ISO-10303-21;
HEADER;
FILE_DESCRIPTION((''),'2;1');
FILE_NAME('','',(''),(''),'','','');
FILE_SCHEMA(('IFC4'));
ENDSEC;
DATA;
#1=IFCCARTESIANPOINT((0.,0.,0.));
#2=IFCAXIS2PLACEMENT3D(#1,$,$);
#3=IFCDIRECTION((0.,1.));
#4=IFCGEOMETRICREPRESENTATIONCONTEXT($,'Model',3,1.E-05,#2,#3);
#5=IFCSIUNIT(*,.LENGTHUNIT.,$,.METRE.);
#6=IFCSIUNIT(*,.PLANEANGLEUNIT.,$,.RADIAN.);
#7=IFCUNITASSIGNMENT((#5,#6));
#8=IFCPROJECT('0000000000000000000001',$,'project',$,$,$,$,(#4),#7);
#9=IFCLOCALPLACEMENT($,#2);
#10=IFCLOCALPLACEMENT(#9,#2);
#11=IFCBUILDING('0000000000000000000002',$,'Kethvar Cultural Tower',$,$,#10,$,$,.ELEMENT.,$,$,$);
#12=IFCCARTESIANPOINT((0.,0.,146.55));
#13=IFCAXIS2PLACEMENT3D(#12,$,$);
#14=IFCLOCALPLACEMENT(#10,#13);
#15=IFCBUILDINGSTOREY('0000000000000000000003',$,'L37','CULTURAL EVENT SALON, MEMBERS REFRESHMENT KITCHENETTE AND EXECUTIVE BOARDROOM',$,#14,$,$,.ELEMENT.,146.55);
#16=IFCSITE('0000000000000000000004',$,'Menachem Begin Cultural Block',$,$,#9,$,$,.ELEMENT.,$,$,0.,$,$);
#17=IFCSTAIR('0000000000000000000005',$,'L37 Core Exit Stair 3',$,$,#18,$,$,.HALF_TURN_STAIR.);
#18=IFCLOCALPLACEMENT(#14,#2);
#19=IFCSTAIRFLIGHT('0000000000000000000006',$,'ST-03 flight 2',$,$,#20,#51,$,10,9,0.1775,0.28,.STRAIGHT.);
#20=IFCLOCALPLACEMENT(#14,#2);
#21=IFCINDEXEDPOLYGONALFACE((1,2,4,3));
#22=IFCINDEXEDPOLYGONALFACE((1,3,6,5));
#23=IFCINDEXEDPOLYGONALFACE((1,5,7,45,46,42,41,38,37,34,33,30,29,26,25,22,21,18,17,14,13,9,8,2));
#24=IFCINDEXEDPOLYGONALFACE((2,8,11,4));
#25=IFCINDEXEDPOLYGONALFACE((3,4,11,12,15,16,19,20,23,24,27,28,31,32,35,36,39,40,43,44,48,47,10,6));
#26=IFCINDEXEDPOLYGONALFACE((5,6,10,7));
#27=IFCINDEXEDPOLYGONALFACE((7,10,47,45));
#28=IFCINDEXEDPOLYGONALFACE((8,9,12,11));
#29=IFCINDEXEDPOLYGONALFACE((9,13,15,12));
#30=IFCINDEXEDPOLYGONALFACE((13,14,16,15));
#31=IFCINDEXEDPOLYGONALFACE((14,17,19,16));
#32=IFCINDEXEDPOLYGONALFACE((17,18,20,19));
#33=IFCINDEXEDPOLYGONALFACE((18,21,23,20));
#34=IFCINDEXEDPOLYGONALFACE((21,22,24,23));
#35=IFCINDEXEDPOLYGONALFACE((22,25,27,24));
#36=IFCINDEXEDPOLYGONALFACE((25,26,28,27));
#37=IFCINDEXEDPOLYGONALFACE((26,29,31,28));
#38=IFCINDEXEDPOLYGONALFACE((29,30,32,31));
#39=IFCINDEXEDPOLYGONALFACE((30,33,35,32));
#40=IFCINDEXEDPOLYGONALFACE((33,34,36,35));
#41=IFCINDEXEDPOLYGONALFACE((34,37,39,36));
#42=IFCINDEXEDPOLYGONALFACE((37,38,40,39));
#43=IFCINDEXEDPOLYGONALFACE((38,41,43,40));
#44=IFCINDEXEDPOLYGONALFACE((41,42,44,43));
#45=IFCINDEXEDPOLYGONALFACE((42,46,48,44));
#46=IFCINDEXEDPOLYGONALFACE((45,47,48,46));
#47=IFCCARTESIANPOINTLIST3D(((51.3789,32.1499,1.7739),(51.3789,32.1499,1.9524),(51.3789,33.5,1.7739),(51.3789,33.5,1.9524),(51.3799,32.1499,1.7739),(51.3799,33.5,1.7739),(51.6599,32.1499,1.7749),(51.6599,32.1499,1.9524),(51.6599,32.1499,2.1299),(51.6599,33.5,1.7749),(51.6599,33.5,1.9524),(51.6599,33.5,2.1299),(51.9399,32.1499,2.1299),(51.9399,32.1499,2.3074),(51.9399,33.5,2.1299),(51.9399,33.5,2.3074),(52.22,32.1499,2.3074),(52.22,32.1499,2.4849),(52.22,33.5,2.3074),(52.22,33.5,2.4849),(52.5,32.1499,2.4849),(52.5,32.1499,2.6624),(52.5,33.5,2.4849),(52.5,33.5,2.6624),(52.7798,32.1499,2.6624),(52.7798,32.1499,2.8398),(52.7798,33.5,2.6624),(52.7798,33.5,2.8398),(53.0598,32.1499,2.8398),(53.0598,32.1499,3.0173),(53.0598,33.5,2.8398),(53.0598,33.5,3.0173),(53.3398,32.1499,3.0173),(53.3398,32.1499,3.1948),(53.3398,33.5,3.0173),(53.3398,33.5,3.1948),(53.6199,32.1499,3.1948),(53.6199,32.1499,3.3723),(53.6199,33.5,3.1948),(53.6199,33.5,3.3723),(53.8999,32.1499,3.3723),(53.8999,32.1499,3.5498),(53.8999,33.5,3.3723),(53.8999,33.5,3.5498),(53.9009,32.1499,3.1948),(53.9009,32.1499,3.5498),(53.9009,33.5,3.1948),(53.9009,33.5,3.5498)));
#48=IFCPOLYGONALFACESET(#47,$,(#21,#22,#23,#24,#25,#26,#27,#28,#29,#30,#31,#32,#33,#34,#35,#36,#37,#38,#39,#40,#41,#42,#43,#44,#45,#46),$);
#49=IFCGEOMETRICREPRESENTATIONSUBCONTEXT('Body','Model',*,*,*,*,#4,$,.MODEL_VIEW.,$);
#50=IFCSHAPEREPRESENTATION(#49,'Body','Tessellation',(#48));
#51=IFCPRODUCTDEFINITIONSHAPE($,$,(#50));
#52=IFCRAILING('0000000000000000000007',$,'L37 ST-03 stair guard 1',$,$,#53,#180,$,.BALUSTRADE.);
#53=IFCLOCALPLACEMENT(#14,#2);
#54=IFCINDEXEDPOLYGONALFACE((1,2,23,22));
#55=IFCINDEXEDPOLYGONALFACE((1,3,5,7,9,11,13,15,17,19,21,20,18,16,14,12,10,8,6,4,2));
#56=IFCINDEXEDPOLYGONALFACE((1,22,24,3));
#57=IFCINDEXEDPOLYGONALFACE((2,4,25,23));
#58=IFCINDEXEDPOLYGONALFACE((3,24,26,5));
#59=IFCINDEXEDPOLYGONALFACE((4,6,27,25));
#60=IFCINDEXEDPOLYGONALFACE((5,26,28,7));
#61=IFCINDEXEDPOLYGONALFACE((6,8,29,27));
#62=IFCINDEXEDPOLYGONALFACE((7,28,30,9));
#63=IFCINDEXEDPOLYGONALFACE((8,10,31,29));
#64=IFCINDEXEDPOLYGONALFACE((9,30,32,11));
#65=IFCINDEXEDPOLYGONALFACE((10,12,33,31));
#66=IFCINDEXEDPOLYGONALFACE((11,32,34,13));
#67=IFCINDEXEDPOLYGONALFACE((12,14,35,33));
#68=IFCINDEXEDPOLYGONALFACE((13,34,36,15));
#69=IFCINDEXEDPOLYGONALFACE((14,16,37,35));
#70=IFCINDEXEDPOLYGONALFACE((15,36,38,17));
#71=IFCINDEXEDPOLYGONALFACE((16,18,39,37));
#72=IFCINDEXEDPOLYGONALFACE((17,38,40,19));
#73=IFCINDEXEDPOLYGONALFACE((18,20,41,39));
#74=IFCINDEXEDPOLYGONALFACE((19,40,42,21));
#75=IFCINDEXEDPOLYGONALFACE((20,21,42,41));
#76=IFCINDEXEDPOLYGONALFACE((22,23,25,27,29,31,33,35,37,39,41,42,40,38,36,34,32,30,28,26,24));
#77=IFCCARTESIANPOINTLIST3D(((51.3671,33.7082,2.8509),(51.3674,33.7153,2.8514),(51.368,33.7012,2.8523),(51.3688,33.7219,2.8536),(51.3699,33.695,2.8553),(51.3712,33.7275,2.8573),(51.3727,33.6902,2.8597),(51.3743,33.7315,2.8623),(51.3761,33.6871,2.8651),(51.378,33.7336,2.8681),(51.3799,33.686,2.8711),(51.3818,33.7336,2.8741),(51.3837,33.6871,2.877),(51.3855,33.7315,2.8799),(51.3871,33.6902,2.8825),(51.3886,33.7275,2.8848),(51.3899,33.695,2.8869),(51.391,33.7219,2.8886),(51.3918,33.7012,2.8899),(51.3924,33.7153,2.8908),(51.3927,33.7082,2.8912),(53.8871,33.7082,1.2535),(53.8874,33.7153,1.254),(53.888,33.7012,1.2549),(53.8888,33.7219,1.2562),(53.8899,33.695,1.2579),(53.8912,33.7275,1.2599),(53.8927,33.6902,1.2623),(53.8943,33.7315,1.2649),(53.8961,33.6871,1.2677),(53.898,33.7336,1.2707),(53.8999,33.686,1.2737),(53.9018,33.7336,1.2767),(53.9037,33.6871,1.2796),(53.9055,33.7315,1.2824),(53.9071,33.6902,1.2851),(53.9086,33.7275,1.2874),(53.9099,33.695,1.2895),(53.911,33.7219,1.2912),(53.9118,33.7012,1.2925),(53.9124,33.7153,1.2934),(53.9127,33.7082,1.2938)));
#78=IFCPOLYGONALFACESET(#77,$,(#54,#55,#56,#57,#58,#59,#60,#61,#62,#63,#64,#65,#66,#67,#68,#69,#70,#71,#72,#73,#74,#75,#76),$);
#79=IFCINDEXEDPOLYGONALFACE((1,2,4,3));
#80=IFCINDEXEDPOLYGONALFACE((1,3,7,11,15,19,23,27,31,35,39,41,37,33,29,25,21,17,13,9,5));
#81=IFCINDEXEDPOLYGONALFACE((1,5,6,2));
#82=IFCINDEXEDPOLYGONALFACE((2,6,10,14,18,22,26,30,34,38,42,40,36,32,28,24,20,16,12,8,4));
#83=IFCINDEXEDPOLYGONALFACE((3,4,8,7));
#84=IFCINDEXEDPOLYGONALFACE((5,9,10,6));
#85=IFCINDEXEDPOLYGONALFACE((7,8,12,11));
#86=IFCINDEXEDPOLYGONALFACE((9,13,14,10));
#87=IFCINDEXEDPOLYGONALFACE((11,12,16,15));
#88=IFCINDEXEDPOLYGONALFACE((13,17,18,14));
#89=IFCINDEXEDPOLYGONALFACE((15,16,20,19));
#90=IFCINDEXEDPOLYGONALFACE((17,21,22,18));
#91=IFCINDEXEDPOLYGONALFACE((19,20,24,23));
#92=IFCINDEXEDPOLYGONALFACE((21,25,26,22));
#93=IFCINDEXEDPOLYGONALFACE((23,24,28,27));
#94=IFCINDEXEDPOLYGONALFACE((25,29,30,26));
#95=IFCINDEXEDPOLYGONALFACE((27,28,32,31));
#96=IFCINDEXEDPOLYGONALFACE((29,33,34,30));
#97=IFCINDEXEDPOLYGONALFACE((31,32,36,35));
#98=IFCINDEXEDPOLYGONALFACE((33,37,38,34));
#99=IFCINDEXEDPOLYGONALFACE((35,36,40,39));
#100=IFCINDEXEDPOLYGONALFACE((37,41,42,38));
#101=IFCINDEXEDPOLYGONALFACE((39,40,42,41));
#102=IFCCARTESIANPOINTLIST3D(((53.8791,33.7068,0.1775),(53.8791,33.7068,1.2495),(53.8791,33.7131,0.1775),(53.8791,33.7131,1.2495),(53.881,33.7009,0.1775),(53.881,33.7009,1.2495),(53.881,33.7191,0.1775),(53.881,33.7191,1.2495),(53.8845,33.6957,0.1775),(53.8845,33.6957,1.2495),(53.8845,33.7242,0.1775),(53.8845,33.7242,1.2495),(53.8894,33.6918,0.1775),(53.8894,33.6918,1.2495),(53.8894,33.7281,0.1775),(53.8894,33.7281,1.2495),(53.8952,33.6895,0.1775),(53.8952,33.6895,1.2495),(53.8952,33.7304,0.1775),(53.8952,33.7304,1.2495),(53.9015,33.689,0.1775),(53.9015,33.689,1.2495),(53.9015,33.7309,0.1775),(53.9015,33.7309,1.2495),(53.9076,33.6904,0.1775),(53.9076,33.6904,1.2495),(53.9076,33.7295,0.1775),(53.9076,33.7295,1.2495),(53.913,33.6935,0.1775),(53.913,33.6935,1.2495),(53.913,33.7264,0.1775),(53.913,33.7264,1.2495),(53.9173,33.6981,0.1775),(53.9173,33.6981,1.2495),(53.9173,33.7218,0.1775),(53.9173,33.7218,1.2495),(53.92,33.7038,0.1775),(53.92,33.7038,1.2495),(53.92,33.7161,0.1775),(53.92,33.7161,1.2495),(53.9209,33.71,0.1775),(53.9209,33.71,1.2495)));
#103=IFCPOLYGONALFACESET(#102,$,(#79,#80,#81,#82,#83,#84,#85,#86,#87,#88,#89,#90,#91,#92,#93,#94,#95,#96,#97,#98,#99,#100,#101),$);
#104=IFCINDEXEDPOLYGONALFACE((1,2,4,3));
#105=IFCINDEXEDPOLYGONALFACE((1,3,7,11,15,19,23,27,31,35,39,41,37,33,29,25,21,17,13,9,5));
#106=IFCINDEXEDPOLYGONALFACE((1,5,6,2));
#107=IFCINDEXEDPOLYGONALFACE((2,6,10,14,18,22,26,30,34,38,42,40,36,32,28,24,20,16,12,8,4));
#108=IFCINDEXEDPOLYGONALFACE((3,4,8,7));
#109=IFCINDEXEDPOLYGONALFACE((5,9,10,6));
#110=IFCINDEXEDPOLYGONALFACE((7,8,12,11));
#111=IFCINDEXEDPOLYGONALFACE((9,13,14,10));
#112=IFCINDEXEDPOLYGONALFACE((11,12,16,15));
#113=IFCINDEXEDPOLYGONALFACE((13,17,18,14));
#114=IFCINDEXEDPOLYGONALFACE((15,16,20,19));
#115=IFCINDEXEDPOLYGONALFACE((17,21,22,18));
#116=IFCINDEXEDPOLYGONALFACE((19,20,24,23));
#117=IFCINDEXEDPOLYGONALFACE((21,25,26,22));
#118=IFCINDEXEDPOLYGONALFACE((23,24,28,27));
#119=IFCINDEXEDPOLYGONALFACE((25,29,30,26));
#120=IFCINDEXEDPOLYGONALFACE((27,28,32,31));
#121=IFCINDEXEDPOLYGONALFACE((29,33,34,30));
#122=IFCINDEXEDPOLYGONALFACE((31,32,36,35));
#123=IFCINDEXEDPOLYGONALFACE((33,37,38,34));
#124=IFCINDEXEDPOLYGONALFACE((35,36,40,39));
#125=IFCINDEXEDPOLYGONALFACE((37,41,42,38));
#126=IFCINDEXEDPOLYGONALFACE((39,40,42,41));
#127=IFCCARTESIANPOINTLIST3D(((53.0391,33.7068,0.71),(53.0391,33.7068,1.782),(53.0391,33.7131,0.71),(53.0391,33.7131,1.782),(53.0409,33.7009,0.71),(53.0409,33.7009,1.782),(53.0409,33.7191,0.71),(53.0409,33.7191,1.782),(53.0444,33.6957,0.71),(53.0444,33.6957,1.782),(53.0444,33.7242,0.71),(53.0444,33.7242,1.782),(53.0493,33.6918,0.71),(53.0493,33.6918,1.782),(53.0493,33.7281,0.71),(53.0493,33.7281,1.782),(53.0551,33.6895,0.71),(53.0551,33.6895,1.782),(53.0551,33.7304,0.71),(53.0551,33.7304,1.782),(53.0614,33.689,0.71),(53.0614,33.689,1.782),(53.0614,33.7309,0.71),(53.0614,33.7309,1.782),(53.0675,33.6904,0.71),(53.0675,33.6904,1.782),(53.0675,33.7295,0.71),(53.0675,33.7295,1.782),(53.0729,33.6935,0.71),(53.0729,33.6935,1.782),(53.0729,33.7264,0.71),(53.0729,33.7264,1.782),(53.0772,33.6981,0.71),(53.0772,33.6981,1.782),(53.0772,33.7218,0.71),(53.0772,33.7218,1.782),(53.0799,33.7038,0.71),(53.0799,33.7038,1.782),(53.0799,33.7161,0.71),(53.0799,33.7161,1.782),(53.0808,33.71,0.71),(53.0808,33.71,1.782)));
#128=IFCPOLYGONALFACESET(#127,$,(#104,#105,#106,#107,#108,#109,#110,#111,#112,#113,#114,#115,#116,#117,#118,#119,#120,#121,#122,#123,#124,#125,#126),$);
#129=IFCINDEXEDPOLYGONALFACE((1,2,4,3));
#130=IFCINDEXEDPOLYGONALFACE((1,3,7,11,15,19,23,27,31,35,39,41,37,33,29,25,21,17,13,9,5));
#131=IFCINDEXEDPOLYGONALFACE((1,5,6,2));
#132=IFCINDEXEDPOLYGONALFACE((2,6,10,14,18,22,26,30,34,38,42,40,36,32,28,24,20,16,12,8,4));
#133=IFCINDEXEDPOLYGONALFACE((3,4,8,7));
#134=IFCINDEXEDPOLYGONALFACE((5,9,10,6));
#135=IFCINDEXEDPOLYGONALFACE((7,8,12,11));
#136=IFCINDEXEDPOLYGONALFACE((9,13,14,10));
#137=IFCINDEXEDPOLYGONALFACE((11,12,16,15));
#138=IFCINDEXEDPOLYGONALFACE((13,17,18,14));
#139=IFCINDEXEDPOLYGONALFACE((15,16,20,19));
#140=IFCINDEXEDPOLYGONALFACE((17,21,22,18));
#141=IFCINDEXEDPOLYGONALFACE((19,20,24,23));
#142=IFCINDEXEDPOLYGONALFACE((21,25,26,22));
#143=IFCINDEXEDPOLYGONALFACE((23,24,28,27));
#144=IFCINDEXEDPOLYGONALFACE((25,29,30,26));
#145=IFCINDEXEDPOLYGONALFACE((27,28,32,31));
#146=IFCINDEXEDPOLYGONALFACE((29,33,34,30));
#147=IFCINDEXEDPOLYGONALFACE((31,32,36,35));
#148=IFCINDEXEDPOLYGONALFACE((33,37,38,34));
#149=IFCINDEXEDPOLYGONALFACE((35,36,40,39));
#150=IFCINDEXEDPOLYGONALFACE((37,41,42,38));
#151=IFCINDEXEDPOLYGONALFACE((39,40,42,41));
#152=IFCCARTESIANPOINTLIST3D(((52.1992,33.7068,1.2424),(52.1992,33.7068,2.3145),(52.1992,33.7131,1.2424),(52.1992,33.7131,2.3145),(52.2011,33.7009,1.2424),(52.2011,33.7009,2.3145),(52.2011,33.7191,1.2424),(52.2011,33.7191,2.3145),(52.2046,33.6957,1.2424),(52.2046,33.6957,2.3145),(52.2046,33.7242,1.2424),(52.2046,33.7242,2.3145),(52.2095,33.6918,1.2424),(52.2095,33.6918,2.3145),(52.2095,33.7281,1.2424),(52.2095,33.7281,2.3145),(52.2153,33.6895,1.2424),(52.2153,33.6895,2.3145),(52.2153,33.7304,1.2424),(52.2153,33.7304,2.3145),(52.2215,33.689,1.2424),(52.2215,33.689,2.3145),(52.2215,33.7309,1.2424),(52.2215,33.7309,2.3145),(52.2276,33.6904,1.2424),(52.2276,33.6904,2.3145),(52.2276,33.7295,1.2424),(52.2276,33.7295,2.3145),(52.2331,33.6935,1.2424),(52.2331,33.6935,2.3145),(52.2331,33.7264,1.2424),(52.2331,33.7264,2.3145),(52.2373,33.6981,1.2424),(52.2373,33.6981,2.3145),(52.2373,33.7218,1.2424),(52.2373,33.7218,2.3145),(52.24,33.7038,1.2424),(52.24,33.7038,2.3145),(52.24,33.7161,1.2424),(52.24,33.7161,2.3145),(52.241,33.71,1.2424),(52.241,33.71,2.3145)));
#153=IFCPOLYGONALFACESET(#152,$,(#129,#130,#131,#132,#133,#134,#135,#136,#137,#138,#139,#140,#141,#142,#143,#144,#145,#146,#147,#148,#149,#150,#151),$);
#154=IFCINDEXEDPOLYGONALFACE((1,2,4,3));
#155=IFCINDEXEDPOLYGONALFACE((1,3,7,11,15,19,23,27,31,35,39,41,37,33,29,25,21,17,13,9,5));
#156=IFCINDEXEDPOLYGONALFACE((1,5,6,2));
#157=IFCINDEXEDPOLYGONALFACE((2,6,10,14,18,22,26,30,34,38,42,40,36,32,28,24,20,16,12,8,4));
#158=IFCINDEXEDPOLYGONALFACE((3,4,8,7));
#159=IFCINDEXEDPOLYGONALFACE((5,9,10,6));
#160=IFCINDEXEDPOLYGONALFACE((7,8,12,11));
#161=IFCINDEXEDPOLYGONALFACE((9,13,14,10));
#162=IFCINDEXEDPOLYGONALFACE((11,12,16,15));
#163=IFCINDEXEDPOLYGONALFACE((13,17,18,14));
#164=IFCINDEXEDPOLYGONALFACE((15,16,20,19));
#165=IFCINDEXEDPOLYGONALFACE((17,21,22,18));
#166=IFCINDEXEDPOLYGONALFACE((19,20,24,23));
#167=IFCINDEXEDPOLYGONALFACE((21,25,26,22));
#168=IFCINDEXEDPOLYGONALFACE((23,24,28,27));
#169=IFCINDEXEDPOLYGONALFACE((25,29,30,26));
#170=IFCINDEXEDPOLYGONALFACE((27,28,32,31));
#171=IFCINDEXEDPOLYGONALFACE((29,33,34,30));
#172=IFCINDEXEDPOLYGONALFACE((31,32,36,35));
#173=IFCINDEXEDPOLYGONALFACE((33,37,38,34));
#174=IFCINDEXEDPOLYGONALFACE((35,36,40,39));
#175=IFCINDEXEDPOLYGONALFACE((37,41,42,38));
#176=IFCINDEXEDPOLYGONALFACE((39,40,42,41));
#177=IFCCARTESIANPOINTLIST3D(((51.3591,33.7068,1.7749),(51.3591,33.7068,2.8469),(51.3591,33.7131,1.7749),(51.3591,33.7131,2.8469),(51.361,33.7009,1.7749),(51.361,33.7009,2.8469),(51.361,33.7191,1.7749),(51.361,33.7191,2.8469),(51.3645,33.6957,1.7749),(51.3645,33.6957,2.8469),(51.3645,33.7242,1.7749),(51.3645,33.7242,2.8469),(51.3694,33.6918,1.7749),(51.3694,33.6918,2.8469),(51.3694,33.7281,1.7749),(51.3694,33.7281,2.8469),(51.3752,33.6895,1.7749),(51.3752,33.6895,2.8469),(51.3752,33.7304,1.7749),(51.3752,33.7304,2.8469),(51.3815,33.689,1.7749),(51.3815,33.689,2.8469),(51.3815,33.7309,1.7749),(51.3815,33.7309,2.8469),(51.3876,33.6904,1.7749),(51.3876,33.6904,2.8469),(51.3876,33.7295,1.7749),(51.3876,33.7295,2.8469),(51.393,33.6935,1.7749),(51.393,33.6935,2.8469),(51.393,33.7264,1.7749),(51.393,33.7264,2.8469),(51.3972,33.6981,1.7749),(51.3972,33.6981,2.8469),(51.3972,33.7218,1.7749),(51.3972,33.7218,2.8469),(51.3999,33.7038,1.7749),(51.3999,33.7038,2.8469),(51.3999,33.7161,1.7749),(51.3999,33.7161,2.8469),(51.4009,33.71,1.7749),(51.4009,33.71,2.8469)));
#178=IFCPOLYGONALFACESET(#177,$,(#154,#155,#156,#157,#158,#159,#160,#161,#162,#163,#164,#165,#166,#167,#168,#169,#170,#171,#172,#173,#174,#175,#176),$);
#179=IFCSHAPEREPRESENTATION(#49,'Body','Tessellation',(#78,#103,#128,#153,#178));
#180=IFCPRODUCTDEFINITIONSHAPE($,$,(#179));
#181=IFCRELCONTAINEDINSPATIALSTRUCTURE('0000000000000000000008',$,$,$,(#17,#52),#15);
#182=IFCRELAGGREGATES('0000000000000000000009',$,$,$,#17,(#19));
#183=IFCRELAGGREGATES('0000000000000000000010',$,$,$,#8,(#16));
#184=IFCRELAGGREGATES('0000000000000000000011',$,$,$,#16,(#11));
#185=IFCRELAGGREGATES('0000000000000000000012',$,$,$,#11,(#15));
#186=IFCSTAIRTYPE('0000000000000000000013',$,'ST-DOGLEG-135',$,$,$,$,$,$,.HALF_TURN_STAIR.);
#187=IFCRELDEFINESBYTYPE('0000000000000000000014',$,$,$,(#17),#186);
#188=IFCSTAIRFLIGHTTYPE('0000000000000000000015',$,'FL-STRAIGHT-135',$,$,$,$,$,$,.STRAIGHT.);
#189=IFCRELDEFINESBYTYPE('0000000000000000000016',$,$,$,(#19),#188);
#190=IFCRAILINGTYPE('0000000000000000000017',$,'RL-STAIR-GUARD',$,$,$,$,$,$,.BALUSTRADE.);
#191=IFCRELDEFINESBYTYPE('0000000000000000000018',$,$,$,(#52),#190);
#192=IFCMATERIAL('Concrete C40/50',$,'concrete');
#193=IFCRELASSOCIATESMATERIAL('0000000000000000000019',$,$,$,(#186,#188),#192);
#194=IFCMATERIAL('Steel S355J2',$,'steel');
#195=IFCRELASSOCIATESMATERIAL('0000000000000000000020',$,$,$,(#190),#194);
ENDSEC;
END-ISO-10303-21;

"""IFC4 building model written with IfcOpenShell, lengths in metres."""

from ifc_helpers import new_model, si_unit, direction, frame, origin, origin_2d, place, context, subcontext, project, spatial, polyline, circle, outline, extrude, material, type_object, element, aggregate, save


model = new_model("IFC4")

# Units and contexts
model_context = context("Model", 3, precision=1e-05, world=origin(), true_north=direction((0.0, 1.0)))
body_context = subcontext(model_context, "Body", "Model", "MODEL_VIEW")
ifc_project = project(units=[si_unit("LENGTHUNIT", "METRE"), si_unit("PLANEANGLEUNIT", "RADIAN")], contexts=[model_context])

# Site, building, storey
site_placement = place(None, origin())
site = spatial("IfcSite", under=ifc_project, at=site_placement, Name="Menachem Begin Cultural Block", CompositionType="ELEMENT", RefElevation=0.0)
building_placement = place(site_placement, origin())
building = spatial("IfcBuilding", under=site, at=building_placement, Name="Kethvar Cultural Tower", CompositionType="ELEMENT")
storey_placement = place(building_placement, frame((0.0, 0.0, 146.55)))
storey = spatial("IfcBuildingStorey", under=building, at=storey_placement, Name="L37", Description="CULTURAL EVENT SALON, MEMBERS REFRESHMENT KITCHENETTE AND EXECUTIVE BOARDROOM", CompositionType="ELEMENT", Elevation=146.55)

# Shared definitions
ifc_material_1 = material(Name="Steel S355J2", Category="steel")

# Shared definitions
ifc_material_2 = material(Name="Concrete C40/50", Category="concrete")

# Stair, stair flight
stair_type = type_object("IfcStairType", Name="ST-DOGLEG-135", PredefinedType="HALF_TURN_STAIR", material=ifc_material_2)
stair_placement = place(storey_placement, origin())
stair = element("IfcStair", 1, at=stair_placement, inside=storey, type_object=stair_type, Name="L37 Core Exit Stair 3", PredefinedType="HALF_TURN_STAIR")
stair_flight_type = type_object("IfcStairFlightType", Name="FL-STRAIGHT-135", PredefinedType="STRAIGHT", material=ifc_material_2)
stair_flight_1_placement = place(storey_placement, frame((51.3799, 32.825, 1.7749), z_axis=(0.0, 0.0, 1.0), x_axis=(1.0, 0.0, 0.0)))
stair_flight_1 = element("IfcStairFlight", 2, at=stair_flight_1_placement, type_object=stair_flight_type, Name="ST-03 flight 2", NumberOfRisers=10, NumberOfTreads=9, PredefinedType="STRAIGHT", RiserHeight=0.1775, TreadLength=0.28, context=body_context, shape_type="SweptSolid", body=[
    extrude(outline(polyline([(-0.001, -0.001), (-0.001, 0.1775), (0.28, 0.1775), (0.28, 0.355), (0.5601, 0.355), (0.5601, 0.5325), (0.8401, 0.5325), (0.8401, 0.71), (1.1201, 0.71), (1.1201, 0.8875), (1.3999, 0.8875), (1.3999, 1.0649), (1.6799, 1.0649), (1.6799, 1.2424), (1.96, 1.2424), (1.96, 1.4199), (2.24, 1.4199), (2.24, 1.5974), (2.52, 1.5974), (2.52, 1.7749), (2.521, 1.7749), (2.521, 1.4199), (0.28, 0.0), (0.0, -0.001), (-0.001, -0.001)])), frame((0.0, 0.675, 0.0), z_axis=(0.0, -1.0, 0.0), x_axis=(1.0, 0.0, 0.0)), (0.0, 0.0, 1.0), 1.3501),
])
aggregate(stair, [stair_flight_1])

# Railing
railing_type_1 = type_object("IfcRailingType", Name="RL-STAIR-GUARD", PredefinedType="BALUSTRADE", material=ifc_material_1)
railing_1_placement = place(storey_placement, frame((53.8999, 33.71, 0.1775)))
element("IfcRailing", 3, at=railing_1_placement, inside=storey, type_object=railing_type_1, Name="L37 ST-03 stair guard 1", PredefinedType="BALUSTRADE", context=body_context, shape_type="SweptSolid", body=[
    extrude(circle(Radius=0.0239, at=origin_2d()), frame((0.0, 0.0, 1.0962), z_axis=(-0.844607, 0.0, 0.535387), x_axis=(0.0, -1.0, 0.0)), (0.0, 0.0, 1.0), 2.9836),
    extrude(circle(Radius=0.021, at=origin_2d()), origin(), (0.0, 0.0, 1.0), 1.072),
    extrude(circle(Radius=0.021, at=origin_2d()), frame((-0.8401, 0.0, 0.5325)), (0.0, 0.0, 1.0), 1.072),
    extrude(circle(Radius=0.021, at=origin_2d()), frame((-1.6799, 0.0, 1.0649)), (0.0, 0.0, 1.0), 1.072),
    extrude(circle(Radius=0.021, at=origin_2d()), frame((-2.52, 0.0, 1.5974)), (0.0, 0.0, 1.0), 1.072),
])

save(model, "model.ifc")
